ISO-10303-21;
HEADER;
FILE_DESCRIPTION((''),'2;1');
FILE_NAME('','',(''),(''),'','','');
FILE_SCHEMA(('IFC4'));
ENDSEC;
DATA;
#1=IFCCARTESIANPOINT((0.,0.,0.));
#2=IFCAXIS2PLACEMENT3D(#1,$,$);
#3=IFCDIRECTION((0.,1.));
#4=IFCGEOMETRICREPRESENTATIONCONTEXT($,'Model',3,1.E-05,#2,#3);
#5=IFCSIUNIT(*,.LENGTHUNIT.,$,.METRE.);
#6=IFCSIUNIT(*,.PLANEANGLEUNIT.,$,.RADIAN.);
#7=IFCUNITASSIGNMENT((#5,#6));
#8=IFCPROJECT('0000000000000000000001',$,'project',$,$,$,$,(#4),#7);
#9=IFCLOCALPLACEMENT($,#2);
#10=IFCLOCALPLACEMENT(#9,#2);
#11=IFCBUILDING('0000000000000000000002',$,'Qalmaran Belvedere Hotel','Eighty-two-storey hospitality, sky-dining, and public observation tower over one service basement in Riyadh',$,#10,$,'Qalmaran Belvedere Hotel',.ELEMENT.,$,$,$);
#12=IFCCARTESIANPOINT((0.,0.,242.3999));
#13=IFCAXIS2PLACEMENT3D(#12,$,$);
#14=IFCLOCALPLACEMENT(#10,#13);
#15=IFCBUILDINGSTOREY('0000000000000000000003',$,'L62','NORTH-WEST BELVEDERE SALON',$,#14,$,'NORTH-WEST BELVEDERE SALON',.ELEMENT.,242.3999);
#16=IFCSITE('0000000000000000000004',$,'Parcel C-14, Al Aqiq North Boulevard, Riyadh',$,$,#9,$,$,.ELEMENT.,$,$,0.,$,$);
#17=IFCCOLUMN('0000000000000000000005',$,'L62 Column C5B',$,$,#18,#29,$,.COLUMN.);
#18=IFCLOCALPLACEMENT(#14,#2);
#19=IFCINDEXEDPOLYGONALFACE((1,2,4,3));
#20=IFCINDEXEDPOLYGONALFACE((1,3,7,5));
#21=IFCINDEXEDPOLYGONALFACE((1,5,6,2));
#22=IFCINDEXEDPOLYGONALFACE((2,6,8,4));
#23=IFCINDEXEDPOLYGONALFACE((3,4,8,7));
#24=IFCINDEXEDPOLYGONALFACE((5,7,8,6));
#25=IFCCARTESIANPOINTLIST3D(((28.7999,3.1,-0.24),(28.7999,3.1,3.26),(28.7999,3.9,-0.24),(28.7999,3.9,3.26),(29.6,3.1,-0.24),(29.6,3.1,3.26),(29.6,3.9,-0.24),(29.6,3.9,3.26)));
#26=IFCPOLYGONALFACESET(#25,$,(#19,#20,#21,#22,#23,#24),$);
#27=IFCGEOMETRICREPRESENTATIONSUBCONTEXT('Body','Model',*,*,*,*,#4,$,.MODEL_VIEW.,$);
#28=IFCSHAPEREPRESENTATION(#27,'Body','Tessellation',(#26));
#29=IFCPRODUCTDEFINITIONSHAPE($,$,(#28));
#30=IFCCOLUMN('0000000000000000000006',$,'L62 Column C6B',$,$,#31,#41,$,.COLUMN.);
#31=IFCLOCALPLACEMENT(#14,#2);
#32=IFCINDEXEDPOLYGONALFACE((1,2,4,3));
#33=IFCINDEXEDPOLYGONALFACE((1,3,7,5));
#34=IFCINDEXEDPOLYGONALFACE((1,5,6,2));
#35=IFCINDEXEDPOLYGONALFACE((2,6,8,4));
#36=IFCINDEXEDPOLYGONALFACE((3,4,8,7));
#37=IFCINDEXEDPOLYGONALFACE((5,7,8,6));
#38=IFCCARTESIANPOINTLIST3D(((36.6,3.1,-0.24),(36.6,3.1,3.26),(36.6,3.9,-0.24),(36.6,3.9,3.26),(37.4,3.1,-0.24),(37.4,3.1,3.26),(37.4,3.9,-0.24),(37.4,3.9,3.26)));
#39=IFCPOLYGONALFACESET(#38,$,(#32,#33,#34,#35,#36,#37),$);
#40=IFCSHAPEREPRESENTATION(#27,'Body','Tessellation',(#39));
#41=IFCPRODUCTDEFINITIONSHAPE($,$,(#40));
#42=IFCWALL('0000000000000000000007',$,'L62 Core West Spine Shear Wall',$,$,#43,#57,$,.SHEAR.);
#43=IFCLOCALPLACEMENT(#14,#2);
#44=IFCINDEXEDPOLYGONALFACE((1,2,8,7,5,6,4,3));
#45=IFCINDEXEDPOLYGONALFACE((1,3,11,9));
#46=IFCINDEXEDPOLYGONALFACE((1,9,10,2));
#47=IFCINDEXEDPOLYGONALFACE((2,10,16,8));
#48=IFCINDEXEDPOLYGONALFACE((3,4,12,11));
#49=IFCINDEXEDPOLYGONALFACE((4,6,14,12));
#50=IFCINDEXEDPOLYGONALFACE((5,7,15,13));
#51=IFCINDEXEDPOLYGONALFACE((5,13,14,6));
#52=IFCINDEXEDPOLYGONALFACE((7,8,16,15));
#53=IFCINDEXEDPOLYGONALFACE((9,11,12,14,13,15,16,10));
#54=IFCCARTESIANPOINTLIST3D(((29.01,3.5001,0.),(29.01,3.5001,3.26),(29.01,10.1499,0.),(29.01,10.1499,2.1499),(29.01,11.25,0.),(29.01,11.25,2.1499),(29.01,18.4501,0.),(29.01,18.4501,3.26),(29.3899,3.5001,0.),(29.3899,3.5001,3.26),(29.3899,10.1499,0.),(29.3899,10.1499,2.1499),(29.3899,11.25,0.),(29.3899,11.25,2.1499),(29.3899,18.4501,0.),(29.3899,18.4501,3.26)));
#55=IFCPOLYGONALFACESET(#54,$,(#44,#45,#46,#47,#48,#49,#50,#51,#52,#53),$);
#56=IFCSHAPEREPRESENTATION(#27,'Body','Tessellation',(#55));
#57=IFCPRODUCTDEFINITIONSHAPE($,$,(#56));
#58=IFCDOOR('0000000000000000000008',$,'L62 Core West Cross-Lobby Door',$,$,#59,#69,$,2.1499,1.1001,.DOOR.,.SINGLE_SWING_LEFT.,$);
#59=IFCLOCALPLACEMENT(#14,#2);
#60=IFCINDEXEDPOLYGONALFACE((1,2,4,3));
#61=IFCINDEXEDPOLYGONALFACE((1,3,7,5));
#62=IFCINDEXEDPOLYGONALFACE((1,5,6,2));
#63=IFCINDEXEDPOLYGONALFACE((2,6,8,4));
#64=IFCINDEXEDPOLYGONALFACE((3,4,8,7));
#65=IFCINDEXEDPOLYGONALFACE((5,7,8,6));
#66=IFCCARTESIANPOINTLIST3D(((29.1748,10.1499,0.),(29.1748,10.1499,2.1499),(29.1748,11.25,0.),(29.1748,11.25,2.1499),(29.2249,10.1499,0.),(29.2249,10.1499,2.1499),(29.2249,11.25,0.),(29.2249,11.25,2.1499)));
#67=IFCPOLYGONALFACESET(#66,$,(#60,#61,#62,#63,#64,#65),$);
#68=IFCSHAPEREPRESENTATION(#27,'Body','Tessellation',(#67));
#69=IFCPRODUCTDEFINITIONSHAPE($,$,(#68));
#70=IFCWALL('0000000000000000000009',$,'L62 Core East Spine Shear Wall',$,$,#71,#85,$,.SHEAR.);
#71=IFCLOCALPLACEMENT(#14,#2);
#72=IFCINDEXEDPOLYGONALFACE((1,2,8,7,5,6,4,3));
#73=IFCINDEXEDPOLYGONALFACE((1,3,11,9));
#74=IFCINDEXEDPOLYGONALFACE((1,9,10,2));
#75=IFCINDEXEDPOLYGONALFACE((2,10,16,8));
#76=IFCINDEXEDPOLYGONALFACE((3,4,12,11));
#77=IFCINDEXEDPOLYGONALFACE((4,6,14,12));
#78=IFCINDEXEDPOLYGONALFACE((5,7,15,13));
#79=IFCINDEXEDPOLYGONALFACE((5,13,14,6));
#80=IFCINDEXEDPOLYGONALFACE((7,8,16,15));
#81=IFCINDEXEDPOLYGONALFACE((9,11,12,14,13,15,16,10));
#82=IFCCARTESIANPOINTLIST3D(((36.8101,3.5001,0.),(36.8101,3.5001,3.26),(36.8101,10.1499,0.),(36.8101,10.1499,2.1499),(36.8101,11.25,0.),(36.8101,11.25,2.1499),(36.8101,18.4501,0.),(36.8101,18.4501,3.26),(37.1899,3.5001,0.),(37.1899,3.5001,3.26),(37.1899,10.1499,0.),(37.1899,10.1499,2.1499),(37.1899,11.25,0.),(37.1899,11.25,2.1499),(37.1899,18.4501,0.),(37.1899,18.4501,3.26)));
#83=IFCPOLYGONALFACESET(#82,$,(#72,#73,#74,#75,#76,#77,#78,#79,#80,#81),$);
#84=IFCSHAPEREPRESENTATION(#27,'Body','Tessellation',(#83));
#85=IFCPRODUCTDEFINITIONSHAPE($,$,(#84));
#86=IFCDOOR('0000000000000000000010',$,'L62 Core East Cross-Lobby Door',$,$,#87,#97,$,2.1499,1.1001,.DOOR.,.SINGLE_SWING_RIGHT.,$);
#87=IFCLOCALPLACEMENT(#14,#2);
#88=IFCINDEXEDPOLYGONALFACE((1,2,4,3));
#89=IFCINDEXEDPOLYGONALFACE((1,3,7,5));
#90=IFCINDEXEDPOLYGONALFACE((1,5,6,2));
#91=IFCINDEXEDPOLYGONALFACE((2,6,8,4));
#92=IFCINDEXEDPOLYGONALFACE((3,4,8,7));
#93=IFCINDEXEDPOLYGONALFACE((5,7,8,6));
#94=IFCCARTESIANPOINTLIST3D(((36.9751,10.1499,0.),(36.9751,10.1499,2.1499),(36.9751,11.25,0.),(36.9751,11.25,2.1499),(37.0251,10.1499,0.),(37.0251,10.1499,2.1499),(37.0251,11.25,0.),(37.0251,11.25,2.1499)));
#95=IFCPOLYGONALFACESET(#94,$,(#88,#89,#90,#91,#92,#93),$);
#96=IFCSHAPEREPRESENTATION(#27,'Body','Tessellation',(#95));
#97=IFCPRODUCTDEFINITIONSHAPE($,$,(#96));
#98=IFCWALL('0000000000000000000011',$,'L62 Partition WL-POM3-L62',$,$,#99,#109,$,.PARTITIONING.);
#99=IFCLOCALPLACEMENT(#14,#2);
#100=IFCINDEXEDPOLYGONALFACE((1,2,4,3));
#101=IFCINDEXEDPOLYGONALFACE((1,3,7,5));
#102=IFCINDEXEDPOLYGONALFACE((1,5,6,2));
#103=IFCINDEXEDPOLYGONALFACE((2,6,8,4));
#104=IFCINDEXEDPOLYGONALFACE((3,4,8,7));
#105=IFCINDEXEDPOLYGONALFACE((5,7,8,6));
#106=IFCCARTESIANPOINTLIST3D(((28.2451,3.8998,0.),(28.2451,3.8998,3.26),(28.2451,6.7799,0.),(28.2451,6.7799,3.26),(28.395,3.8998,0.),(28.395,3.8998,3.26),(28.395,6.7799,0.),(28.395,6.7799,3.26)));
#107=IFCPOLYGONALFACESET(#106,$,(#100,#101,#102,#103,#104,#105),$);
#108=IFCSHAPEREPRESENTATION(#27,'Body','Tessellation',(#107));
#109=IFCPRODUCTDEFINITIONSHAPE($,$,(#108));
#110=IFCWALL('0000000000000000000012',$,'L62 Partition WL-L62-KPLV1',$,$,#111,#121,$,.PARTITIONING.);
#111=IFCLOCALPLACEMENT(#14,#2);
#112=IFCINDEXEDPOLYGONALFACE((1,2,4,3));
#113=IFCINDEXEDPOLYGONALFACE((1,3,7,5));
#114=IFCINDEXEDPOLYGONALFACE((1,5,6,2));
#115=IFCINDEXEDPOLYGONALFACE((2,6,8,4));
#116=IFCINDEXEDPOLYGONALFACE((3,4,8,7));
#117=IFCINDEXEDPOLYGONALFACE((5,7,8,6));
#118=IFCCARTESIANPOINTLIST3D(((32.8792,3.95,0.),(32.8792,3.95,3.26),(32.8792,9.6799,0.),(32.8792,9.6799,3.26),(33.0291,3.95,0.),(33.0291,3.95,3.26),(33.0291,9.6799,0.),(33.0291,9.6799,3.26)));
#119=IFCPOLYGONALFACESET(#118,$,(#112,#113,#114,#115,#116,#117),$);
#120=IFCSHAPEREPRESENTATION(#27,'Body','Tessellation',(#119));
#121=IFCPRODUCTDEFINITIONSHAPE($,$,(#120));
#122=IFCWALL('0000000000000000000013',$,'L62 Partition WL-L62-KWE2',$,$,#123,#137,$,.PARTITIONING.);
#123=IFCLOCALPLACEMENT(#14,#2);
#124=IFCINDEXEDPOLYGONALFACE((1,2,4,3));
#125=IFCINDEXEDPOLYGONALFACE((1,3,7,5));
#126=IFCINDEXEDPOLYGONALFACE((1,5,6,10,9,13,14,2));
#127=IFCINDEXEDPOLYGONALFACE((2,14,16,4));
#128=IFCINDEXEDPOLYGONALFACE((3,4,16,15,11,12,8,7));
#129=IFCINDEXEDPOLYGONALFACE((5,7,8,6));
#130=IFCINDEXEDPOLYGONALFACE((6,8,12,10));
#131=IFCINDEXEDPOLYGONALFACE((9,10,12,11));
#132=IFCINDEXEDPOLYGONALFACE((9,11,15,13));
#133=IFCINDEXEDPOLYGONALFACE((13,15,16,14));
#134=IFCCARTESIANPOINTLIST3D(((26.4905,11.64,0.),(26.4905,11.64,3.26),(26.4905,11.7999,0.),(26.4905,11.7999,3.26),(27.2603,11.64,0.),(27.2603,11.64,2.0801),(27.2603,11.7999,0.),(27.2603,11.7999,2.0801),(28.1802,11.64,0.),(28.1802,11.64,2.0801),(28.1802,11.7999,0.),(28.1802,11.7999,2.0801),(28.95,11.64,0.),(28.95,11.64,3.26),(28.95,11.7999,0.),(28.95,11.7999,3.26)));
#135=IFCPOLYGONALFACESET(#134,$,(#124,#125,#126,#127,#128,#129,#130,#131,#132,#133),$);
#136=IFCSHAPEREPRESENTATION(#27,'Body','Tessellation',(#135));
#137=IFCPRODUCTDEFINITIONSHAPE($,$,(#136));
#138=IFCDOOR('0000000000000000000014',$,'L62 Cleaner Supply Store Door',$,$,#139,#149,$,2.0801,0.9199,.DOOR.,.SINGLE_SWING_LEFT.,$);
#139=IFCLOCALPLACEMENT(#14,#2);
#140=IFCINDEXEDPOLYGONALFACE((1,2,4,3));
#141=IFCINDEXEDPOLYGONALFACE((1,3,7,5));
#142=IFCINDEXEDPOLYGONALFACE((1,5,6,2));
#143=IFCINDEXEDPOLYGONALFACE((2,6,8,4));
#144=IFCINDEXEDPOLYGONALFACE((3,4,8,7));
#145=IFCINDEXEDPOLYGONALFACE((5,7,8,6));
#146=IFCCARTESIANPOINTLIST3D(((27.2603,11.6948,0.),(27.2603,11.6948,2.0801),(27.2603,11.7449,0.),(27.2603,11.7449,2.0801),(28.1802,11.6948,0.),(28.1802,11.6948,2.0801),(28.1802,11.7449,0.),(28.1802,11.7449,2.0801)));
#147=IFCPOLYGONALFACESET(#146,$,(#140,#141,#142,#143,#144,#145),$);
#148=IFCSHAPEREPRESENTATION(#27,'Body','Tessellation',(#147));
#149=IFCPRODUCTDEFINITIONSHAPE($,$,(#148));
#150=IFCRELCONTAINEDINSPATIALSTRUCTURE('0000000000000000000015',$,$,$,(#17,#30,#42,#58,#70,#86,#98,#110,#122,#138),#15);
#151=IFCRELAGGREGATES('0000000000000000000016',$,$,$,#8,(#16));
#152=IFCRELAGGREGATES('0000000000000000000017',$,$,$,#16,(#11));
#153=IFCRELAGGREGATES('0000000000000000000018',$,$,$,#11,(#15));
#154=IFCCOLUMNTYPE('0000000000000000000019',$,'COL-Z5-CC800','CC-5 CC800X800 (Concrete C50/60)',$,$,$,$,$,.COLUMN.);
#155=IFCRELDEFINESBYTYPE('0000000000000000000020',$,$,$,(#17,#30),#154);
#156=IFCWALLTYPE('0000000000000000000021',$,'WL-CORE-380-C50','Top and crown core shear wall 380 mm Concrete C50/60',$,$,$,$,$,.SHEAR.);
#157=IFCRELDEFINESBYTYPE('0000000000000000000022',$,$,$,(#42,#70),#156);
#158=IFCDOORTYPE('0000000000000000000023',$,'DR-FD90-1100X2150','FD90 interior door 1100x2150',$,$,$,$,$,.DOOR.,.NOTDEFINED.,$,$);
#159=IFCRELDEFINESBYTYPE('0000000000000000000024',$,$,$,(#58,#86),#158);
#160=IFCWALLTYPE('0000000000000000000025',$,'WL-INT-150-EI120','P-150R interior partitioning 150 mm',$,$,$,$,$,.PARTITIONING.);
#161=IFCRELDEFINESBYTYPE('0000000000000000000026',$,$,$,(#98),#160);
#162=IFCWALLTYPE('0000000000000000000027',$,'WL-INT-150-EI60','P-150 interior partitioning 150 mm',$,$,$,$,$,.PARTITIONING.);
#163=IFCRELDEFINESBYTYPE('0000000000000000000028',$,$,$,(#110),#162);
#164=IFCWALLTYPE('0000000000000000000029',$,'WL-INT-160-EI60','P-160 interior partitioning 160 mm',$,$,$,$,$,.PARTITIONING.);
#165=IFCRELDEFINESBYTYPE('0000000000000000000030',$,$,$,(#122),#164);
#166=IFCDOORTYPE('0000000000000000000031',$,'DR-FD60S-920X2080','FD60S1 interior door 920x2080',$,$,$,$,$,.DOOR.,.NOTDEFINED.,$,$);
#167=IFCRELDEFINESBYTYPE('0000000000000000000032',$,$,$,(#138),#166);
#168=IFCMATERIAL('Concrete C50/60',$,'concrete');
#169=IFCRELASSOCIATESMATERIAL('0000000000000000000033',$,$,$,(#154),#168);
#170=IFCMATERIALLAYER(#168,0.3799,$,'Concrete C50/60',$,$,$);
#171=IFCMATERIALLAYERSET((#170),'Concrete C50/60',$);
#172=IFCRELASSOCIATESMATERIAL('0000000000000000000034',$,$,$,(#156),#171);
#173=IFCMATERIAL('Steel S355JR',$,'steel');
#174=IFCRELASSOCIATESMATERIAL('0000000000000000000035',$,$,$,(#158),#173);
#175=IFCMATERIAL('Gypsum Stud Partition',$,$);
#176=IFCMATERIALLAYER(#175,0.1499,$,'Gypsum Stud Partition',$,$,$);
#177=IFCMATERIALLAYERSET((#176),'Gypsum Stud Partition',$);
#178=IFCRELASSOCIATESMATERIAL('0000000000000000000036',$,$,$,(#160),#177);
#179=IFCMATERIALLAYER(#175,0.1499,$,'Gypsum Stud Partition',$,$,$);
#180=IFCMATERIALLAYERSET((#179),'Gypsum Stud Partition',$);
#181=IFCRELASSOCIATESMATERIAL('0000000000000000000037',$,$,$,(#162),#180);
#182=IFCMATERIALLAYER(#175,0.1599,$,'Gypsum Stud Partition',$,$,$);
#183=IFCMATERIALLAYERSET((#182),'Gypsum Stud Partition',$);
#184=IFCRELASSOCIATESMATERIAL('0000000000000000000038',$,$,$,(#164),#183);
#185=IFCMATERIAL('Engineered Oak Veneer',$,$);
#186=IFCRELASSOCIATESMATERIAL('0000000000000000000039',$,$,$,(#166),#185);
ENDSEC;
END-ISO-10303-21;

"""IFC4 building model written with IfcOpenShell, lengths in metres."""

from ifc_helpers import new_model, si_unit, direction, frame, frame_2d, origin, origin_2d, place, context, subcontext, project, spatial, rectangle, extrude, material, layer, layer_set, material_profile, profile_set, type_object, element, fill, save


model = new_model("IFC4")

# Units and contexts
model_context = context("Model", 3, precision=1e-05, world=origin(), true_north=direction((0.0, 1.0)))
body_context = subcontext(model_context, "Body", "Model", "MODEL_VIEW")
ifc_project = project(units=[si_unit("LENGTHUNIT", "METRE"), si_unit("PLANEANGLEUNIT", "RADIAN")], contexts=[model_context])

# Site, building, storey
site_placement = place(None, origin())
site = spatial("IfcSite", under=ifc_project, at=site_placement, Name="Parcel C-14, Al Aqiq North Boulevard, Riyadh", CompositionType="ELEMENT", RefElevation=0.0)
building_placement = place(site_placement, origin())
building = spatial("IfcBuilding", under=site, at=building_placement, Name="Qalmaran Belvedere Hotel", Description="Eighty-two-storey hospitality, sky-dining, and public observation tower over one service basement in Riyadh", LongName="Qalmaran Belvedere Hotel", CompositionType="ELEMENT")
storey_placement = place(building_placement, frame((0.0, 0.0, 242.3999)))
storey = spatial("IfcBuildingStorey", under=building, at=storey_placement, Name="L62", Description="NORTH-WEST BELVEDERE SALON", LongName="NORTH-WEST BELVEDERE SALON", CompositionType="ELEMENT", Elevation=242.3999)

# Columns
ifc_material_1 = material(Name="Concrete C50/60", Category="concrete")
ifc_material_profile = material_profile(ifc_material_1, rectangle(XDim=0.8, YDim=0.8, at=origin_2d()), Name="CC800X800")
ifc_profile_set = profile_set([ifc_material_profile], Name="Concrete C50/60")
column_type = type_object("IfcColumnType", Name="COL-Z5-CC800", Description="CC-5 CC800X800 (Concrete C50/60)", PredefinedType="COLUMN", material=ifc_profile_set)
for number, where, z_axis, x_axis, name in (
    (1, (29.2, 3.5, -0.24), (0.0, 0.0, 1.0), (1.0, 0.0, 0.0), "L62 Column C5B"),
    (2, (37.0, 3.5, -0.24), (0.0, 0.0, 1.0), (1.0, 0.0, 0.0), "L62 Column C6B"),
):
    element("IfcColumn", number, at=place(storey_placement, frame(where, z_axis=z_axis, x_axis=x_axis)), inside=storey, type_object=column_type, Name=name, PredefinedType="COLUMN", context=body_context, shape_type="SweptSolid", body=[
        extrude(rectangle(XDim=0.8, YDim=0.8, at=origin_2d()), origin(), (0.0, 0.0, 1.0), 3.5),
    ])

# Walls, openings, doors
ifc_layer_1 = layer(ifc_material_1, 0.3799, Name="Concrete C50/60")
ifc_layer_set_1 = layer_set([ifc_layer_1], Name="Concrete C50/60")
wall_type_1 = type_object("IfcWallType", Name="WL-CORE-380-C50", Description="Top and crown core shear wall 380 mm Concrete C50/60", PredefinedType="SHEAR", material=ifc_layer_set_1)
wall_1_placement = place(storey_placement, frame((29.2, 3.5, 0.0), z_axis=(0.0, 0.0, 1.0), x_axis=(0.0, 1.0, 0.0)))
wall_1 = element("IfcWall", 3, at=wall_1_placement, inside=storey, type_object=wall_type_1, Name="L62 Core West Spine Shear Wall", PredefinedType="SHEAR", context=body_context, shape_type="SweptSolid", body=[
    extrude(rectangle(XDim=14.95, YDim=0.3799, at=frame_2d((7.4751, 0.0))), origin(), (0.0, 0.0, 1.0), 3.26),
])
opening_1_placement = place(wall_1_placement, frame((7.75, 0.0, 0.0), z_axis=(0.0, 0.0, 1.0), x_axis=(-1.0, 0.0, 0.0)))
opening_1 = element("IfcOpeningElement", 4, at=opening_1_placement, cuts=wall_1, PredefinedType="OPENING", context=body_context, shape_type="SweptSolid", body=[
    extrude(rectangle(XDim=1.1001, YDim=2.1499, at=frame_2d((0.55, 1.075))), frame((0.0, 0.2, 0.0), z_axis=(0.0, -1.0, 0.0), x_axis=(1.0, 0.0, 0.0)), (0.0, 0.0, 1.0), 0.3999),
])
ifc_material_2 = material(Name="Steel S355JR", Category="steel")
door_type_1 = type_object("IfcDoorType", Name="DR-FD90-1100X2150", Description="FD90 interior door 1100x2150", OperationType="NOTDEFINED", PredefinedType="DOOR", material=ifc_material_2)
door_1_placement = place(opening_1_placement, origin())
door_1 = element("IfcDoor", 5, at=door_1_placement, inside=storey, type_object=door_type_1, Name="L62 Core West Cross-Lobby Door", OperationType="SINGLE_SWING_LEFT", OverallHeight=2.1499, OverallWidth=1.1001, PredefinedType="DOOR", context=body_context, shape_type="SweptSolid", body=[
    extrude(rectangle(XDim=1.1001, YDim=2.1499, at=frame_2d((0.55, 1.075))), frame((0.0, 0.0249, 0.0), z_axis=(0.0, -1.0, 0.0), x_axis=(1.0, 0.0, 0.0)), (0.0, 0.0, 1.0), 0.05),
])
fill(opening_1, door_1)
wall_2_placement = place(storey_placement, frame((37.0, 3.5, 0.0), z_axis=(0.0, 0.0, 1.0), x_axis=(0.0, 1.0, 0.0)))
wall_2 = element("IfcWall", 6, at=wall_2_placement, inside=storey, type_object=wall_type_1, Name="L62 Core East Spine Shear Wall", PredefinedType="SHEAR", context=body_context, shape_type="SweptSolid", body=[
    extrude(rectangle(XDim=14.95, YDim=0.3799, at=frame_2d((7.4751, 0.0))), origin(), (0.0, 0.0, 1.0), 3.26),
])
opening_2_placement = place(wall_2_placement, frame((6.6499, 0.0, 0.0)))
opening_2 = element("IfcOpeningElement", 7, at=opening_2_placement, cuts=wall_2, PredefinedType="OPENING", context=body_context, shape_type="SweptSolid", body=[
    extrude(rectangle(XDim=1.1001, YDim=2.1499, at=frame_2d((0.55, 1.075))), frame((0.0, 0.2, 0.0), z_axis=(0.0, -1.0, 0.0), x_axis=(1.0, 0.0, 0.0)), (0.0, 0.0, 1.0), 0.3999),
])
door_2_placement = place(opening_2_placement, origin())
door_2 = element("IfcDoor", 8, at=door_2_placement, inside=storey, type_object=door_type_1, Name="L62 Core East Cross-Lobby Door", OperationType="SINGLE_SWING_RIGHT", OverallHeight=2.1499, OverallWidth=1.1001, PredefinedType="DOOR", context=body_context, shape_type="SweptSolid", body=[
    extrude(rectangle(XDim=1.1001, YDim=2.1499, at=frame_2d((0.55, 1.075))), frame((0.0, 0.0249, 0.0), z_axis=(0.0, -1.0, 0.0), x_axis=(1.0, 0.0, 0.0)), (0.0, 0.0, 1.0), 0.05),
])
fill(opening_2, door_2)

# Walls
ifc_material_3 = material(Name="Gypsum Stud Partition")
ifc_layer_2 = layer(ifc_material_3, 0.1499, Name="Gypsum Stud Partition")
ifc_layer_set_2 = layer_set([ifc_layer_2], Name="Gypsum Stud Partition")
wall_type_2 = type_object("IfcWallType", Name="WL-INT-150-EI120", Description="P-150R interior partitioning 150 mm", PredefinedType="PARTITIONING", material=ifc_layer_set_2)
wall_3_placement = place(storey_placement, frame((28.3201, 3.8999, 0.0), z_axis=(0.0, 0.0, 1.0), x_axis=(0.0, 1.0, 0.0)))
element("IfcWall", 9, at=wall_3_placement, inside=storey, type_object=wall_type_2, Name="L62 Partition WL-POM3-L62", PredefinedType="PARTITIONING", context=body_context, shape_type="SweptSolid", body=[
    extrude(rectangle(XDim=2.8801, YDim=0.1499, at=frame_2d((1.4399, 0.0))), origin(), (0.0, 0.0, 1.0), 3.26),
])
ifc_layer_3 = layer(ifc_material_3, 0.1499, Name="Gypsum Stud Partition")
ifc_layer_set_3 = layer_set([ifc_layer_3], Name="Gypsum Stud Partition")
wall_type_3 = type_object("IfcWallType", Name="WL-INT-150-EI60", Description="P-150 interior partitioning 150 mm", PredefinedType="PARTITIONING", material=ifc_layer_set_3)
wall_4_placement = place(storey_placement, frame((32.9541, 3.95, 0.0), z_axis=(0.0, 0.0, 1.0), x_axis=(0.0, 1.0, 0.0)))
element("IfcWall", 10, at=wall_4_placement, inside=storey, type_object=wall_type_3, Name="L62 Partition WL-L62-KPLV1", PredefinedType="PARTITIONING", context=body_context, shape_type="SweptSolid", body=[
    extrude(rectangle(XDim=5.73, YDim=0.1499, at=frame_2d((2.865, 0.0))), origin(), (0.0, 0.0, 1.0), 3.26),
])

# Wall, opening, door
ifc_layer_4 = layer(ifc_material_3, 0.1599, Name="Gypsum Stud Partition")
ifc_layer_set_4 = layer_set([ifc_layer_4], Name="Gypsum Stud Partition")
wall_type_4 = type_object("IfcWallType", Name="WL-INT-160-EI60", Description="P-160 interior partitioning 160 mm", PredefinedType="PARTITIONING", material=ifc_layer_set_4)
wall_5_placement = place(storey_placement, frame((26.4905, 11.72, 0.0), z_axis=(0.0, 0.0, 1.0), x_axis=(1.0, 0.0, 0.0)))
wall_5 = element("IfcWall", 11, at=wall_5_placement, inside=storey, type_object=wall_type_4, Name="L62 Partition WL-L62-KWE2", PredefinedType="PARTITIONING", context=body_context, shape_type="SweptSolid", body=[
    extrude(rectangle(XDim=2.4595, YDim=0.1599, at=frame_2d((1.2297, 0.0))), origin(), (0.0, 0.0, 1.0), 3.26),
])
opening_3_placement = place(wall_5_placement, frame((0.7698, 0.0, 0.0)))
opening_3 = element("IfcOpeningElement", 12, at=opening_3_placement, cuts=wall_5, PredefinedType="OPENING", context=body_context, shape_type="SweptSolid", body=[
    extrude(rectangle(XDim=0.9199, YDim=2.0801, at=frame_2d((0.46, 1.04))), frame((0.0, 0.0898, 0.0), z_axis=(0.0, -1.0, 0.0), x_axis=(1.0, 0.0, 0.0)), (0.0, 0.0, 1.0), 0.1799),
])
ifc_material_4 = material(Name="Engineered Oak Veneer")
door_type_2 = type_object("IfcDoorType", Name="DR-FD60S-920X2080", Description="FD60S1 interior door 920x2080", OperationType="NOTDEFINED", PredefinedType="DOOR", material=ifc_material_4)
door_3_placement = place(opening_3_placement, origin())
door_3 = element("IfcDoor", 13, at=door_3_placement, inside=storey, type_object=door_type_2, Name="L62 Cleaner Supply Store Door", OperationType="SINGLE_SWING_LEFT", OverallHeight=2.0801, OverallWidth=0.9199, PredefinedType="DOOR", context=body_context, shape_type="SweptSolid", body=[
    extrude(rectangle(XDim=0.9199, YDim=2.0801, at=frame_2d((0.46, 1.04))), frame((0.0, 0.0249, 0.0), z_axis=(0.0, -1.0, 0.0), x_axis=(1.0, 0.0, 0.0)), (0.0, 0.0, 1.0), 0.05),
])
fill(opening_3, door_3)

save(model, "model.ifc")
